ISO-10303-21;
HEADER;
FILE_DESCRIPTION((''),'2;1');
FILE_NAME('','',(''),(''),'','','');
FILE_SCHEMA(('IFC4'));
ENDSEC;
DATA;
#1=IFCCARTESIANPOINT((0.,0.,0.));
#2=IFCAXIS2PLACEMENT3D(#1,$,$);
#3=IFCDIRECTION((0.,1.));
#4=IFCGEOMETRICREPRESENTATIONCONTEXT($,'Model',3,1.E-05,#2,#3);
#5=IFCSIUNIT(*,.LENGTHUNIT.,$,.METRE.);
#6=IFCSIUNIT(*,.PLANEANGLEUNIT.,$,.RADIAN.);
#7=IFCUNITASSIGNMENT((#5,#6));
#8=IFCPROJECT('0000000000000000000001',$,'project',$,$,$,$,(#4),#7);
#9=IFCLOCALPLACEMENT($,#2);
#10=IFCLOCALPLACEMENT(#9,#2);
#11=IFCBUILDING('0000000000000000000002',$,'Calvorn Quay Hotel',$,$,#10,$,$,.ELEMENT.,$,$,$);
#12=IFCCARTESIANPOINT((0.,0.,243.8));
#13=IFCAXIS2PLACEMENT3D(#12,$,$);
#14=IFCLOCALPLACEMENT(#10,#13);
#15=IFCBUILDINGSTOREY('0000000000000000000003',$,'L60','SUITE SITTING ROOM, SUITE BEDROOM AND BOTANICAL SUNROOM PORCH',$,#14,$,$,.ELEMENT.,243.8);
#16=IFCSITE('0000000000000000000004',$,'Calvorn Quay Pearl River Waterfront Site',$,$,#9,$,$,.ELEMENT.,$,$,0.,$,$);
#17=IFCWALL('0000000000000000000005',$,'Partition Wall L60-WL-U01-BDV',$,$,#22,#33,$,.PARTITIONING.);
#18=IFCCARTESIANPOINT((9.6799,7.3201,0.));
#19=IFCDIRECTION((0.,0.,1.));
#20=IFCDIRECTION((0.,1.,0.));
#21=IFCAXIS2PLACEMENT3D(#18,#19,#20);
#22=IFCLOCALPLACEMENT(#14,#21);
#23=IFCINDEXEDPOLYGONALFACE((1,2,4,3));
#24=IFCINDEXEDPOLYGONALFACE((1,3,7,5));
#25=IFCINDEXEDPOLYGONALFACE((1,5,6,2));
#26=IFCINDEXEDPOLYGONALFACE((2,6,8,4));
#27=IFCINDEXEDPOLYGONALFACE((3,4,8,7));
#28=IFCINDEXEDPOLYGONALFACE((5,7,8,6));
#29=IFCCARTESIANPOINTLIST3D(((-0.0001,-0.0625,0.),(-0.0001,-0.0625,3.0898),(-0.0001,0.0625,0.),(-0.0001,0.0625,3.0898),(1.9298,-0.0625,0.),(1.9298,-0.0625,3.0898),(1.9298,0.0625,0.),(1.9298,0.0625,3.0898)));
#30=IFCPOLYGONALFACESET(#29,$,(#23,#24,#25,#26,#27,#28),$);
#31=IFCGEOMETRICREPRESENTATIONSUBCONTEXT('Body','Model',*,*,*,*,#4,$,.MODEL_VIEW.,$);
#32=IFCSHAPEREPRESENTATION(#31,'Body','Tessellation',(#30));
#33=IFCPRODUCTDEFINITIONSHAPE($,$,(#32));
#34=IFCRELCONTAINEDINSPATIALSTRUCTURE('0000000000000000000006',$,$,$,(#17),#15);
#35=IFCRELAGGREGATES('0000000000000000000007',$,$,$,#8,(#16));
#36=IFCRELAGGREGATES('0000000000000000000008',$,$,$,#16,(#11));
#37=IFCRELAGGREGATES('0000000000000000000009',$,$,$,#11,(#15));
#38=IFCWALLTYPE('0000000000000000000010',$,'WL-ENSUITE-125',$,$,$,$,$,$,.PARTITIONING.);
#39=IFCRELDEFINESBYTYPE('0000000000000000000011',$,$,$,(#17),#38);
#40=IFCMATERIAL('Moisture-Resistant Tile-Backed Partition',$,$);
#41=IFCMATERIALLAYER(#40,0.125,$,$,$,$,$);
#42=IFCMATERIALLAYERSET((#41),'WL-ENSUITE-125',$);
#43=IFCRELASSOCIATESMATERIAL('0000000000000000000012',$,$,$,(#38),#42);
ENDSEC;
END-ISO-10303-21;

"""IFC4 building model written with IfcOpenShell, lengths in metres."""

from ifc_helpers import new_model, si_unit, direction, frame, frame_2d, origin, place, context, subcontext, project, spatial, rectangle, extrude, material, layer, layer_set, type_object, element, save


model = new_model("IFC4")

# Units and contexts
model_context = context("Model", 3, precision=1e-05, world=origin(), true_north=direction((0.0, 1.0)))
body_context = subcontext(model_context, "Body", "Model", "MODEL_VIEW")
ifc_project = project(units=[si_unit("LENGTHUNIT", "METRE"), si_unit("PLANEANGLEUNIT", "RADIAN")], contexts=[model_context])

# Site, building, storey
site_placement = place(None, origin())
site = spatial("IfcSite", under=ifc_project, at=site_placement, Name="Calvorn Quay Pearl River Waterfront Site", CompositionType="ELEMENT", RefElevation=0.0)
building_placement = place(site_placement, origin())
building = spatial("IfcBuilding", under=site, at=building_placement, Name="Calvorn Quay Hotel", CompositionType="ELEMENT")
storey_placement = place(building_placement, frame((0.0, 0.0, 243.8)))
storey = spatial("IfcBuildingStorey", under=building, at=storey_placement, Name="L60", Description="SUITE SITTING ROOM, SUITE BEDROOM AND BOTANICAL SUNROOM PORCH", CompositionType="ELEMENT", Elevation=243.8)

# Wall
ifc_material_1 = material(Name="Moisture-Resistant Tile-Backed Partition")
ifc_layer_1 = layer(ifc_material_1, 0.125)
ifc_layer_set_1 = layer_set([ifc_layer_1], Name="WL-ENSUITE-125")
wall_type_1 = type_object("IfcWallType", Name="WL-ENSUITE-125", PredefinedType="PARTITIONING", material=ifc_layer_set_1)
wall_1_placement = place(storey_placement, frame((9.6799, 7.3201, 0.0), z_axis=(0.0, 0.0, 1.0), x_axis=(0.0, 1.0, 0.0)))
element("IfcWall", 1, at=wall_1_placement, inside=storey, type_object=wall_type_1, Name="Partition Wall L60-WL-U01-BDV", PredefinedType="PARTITIONING", context=body_context, shape_type="SweptSolid", body=[
    extrude(rectangle(XDim=1.9299, YDim=0.125, at=frame_2d((0.9648, 0.0))), origin(), (0.0, 0.0, 1.0), 3.0898),
])

save(model, "model.ifc")
